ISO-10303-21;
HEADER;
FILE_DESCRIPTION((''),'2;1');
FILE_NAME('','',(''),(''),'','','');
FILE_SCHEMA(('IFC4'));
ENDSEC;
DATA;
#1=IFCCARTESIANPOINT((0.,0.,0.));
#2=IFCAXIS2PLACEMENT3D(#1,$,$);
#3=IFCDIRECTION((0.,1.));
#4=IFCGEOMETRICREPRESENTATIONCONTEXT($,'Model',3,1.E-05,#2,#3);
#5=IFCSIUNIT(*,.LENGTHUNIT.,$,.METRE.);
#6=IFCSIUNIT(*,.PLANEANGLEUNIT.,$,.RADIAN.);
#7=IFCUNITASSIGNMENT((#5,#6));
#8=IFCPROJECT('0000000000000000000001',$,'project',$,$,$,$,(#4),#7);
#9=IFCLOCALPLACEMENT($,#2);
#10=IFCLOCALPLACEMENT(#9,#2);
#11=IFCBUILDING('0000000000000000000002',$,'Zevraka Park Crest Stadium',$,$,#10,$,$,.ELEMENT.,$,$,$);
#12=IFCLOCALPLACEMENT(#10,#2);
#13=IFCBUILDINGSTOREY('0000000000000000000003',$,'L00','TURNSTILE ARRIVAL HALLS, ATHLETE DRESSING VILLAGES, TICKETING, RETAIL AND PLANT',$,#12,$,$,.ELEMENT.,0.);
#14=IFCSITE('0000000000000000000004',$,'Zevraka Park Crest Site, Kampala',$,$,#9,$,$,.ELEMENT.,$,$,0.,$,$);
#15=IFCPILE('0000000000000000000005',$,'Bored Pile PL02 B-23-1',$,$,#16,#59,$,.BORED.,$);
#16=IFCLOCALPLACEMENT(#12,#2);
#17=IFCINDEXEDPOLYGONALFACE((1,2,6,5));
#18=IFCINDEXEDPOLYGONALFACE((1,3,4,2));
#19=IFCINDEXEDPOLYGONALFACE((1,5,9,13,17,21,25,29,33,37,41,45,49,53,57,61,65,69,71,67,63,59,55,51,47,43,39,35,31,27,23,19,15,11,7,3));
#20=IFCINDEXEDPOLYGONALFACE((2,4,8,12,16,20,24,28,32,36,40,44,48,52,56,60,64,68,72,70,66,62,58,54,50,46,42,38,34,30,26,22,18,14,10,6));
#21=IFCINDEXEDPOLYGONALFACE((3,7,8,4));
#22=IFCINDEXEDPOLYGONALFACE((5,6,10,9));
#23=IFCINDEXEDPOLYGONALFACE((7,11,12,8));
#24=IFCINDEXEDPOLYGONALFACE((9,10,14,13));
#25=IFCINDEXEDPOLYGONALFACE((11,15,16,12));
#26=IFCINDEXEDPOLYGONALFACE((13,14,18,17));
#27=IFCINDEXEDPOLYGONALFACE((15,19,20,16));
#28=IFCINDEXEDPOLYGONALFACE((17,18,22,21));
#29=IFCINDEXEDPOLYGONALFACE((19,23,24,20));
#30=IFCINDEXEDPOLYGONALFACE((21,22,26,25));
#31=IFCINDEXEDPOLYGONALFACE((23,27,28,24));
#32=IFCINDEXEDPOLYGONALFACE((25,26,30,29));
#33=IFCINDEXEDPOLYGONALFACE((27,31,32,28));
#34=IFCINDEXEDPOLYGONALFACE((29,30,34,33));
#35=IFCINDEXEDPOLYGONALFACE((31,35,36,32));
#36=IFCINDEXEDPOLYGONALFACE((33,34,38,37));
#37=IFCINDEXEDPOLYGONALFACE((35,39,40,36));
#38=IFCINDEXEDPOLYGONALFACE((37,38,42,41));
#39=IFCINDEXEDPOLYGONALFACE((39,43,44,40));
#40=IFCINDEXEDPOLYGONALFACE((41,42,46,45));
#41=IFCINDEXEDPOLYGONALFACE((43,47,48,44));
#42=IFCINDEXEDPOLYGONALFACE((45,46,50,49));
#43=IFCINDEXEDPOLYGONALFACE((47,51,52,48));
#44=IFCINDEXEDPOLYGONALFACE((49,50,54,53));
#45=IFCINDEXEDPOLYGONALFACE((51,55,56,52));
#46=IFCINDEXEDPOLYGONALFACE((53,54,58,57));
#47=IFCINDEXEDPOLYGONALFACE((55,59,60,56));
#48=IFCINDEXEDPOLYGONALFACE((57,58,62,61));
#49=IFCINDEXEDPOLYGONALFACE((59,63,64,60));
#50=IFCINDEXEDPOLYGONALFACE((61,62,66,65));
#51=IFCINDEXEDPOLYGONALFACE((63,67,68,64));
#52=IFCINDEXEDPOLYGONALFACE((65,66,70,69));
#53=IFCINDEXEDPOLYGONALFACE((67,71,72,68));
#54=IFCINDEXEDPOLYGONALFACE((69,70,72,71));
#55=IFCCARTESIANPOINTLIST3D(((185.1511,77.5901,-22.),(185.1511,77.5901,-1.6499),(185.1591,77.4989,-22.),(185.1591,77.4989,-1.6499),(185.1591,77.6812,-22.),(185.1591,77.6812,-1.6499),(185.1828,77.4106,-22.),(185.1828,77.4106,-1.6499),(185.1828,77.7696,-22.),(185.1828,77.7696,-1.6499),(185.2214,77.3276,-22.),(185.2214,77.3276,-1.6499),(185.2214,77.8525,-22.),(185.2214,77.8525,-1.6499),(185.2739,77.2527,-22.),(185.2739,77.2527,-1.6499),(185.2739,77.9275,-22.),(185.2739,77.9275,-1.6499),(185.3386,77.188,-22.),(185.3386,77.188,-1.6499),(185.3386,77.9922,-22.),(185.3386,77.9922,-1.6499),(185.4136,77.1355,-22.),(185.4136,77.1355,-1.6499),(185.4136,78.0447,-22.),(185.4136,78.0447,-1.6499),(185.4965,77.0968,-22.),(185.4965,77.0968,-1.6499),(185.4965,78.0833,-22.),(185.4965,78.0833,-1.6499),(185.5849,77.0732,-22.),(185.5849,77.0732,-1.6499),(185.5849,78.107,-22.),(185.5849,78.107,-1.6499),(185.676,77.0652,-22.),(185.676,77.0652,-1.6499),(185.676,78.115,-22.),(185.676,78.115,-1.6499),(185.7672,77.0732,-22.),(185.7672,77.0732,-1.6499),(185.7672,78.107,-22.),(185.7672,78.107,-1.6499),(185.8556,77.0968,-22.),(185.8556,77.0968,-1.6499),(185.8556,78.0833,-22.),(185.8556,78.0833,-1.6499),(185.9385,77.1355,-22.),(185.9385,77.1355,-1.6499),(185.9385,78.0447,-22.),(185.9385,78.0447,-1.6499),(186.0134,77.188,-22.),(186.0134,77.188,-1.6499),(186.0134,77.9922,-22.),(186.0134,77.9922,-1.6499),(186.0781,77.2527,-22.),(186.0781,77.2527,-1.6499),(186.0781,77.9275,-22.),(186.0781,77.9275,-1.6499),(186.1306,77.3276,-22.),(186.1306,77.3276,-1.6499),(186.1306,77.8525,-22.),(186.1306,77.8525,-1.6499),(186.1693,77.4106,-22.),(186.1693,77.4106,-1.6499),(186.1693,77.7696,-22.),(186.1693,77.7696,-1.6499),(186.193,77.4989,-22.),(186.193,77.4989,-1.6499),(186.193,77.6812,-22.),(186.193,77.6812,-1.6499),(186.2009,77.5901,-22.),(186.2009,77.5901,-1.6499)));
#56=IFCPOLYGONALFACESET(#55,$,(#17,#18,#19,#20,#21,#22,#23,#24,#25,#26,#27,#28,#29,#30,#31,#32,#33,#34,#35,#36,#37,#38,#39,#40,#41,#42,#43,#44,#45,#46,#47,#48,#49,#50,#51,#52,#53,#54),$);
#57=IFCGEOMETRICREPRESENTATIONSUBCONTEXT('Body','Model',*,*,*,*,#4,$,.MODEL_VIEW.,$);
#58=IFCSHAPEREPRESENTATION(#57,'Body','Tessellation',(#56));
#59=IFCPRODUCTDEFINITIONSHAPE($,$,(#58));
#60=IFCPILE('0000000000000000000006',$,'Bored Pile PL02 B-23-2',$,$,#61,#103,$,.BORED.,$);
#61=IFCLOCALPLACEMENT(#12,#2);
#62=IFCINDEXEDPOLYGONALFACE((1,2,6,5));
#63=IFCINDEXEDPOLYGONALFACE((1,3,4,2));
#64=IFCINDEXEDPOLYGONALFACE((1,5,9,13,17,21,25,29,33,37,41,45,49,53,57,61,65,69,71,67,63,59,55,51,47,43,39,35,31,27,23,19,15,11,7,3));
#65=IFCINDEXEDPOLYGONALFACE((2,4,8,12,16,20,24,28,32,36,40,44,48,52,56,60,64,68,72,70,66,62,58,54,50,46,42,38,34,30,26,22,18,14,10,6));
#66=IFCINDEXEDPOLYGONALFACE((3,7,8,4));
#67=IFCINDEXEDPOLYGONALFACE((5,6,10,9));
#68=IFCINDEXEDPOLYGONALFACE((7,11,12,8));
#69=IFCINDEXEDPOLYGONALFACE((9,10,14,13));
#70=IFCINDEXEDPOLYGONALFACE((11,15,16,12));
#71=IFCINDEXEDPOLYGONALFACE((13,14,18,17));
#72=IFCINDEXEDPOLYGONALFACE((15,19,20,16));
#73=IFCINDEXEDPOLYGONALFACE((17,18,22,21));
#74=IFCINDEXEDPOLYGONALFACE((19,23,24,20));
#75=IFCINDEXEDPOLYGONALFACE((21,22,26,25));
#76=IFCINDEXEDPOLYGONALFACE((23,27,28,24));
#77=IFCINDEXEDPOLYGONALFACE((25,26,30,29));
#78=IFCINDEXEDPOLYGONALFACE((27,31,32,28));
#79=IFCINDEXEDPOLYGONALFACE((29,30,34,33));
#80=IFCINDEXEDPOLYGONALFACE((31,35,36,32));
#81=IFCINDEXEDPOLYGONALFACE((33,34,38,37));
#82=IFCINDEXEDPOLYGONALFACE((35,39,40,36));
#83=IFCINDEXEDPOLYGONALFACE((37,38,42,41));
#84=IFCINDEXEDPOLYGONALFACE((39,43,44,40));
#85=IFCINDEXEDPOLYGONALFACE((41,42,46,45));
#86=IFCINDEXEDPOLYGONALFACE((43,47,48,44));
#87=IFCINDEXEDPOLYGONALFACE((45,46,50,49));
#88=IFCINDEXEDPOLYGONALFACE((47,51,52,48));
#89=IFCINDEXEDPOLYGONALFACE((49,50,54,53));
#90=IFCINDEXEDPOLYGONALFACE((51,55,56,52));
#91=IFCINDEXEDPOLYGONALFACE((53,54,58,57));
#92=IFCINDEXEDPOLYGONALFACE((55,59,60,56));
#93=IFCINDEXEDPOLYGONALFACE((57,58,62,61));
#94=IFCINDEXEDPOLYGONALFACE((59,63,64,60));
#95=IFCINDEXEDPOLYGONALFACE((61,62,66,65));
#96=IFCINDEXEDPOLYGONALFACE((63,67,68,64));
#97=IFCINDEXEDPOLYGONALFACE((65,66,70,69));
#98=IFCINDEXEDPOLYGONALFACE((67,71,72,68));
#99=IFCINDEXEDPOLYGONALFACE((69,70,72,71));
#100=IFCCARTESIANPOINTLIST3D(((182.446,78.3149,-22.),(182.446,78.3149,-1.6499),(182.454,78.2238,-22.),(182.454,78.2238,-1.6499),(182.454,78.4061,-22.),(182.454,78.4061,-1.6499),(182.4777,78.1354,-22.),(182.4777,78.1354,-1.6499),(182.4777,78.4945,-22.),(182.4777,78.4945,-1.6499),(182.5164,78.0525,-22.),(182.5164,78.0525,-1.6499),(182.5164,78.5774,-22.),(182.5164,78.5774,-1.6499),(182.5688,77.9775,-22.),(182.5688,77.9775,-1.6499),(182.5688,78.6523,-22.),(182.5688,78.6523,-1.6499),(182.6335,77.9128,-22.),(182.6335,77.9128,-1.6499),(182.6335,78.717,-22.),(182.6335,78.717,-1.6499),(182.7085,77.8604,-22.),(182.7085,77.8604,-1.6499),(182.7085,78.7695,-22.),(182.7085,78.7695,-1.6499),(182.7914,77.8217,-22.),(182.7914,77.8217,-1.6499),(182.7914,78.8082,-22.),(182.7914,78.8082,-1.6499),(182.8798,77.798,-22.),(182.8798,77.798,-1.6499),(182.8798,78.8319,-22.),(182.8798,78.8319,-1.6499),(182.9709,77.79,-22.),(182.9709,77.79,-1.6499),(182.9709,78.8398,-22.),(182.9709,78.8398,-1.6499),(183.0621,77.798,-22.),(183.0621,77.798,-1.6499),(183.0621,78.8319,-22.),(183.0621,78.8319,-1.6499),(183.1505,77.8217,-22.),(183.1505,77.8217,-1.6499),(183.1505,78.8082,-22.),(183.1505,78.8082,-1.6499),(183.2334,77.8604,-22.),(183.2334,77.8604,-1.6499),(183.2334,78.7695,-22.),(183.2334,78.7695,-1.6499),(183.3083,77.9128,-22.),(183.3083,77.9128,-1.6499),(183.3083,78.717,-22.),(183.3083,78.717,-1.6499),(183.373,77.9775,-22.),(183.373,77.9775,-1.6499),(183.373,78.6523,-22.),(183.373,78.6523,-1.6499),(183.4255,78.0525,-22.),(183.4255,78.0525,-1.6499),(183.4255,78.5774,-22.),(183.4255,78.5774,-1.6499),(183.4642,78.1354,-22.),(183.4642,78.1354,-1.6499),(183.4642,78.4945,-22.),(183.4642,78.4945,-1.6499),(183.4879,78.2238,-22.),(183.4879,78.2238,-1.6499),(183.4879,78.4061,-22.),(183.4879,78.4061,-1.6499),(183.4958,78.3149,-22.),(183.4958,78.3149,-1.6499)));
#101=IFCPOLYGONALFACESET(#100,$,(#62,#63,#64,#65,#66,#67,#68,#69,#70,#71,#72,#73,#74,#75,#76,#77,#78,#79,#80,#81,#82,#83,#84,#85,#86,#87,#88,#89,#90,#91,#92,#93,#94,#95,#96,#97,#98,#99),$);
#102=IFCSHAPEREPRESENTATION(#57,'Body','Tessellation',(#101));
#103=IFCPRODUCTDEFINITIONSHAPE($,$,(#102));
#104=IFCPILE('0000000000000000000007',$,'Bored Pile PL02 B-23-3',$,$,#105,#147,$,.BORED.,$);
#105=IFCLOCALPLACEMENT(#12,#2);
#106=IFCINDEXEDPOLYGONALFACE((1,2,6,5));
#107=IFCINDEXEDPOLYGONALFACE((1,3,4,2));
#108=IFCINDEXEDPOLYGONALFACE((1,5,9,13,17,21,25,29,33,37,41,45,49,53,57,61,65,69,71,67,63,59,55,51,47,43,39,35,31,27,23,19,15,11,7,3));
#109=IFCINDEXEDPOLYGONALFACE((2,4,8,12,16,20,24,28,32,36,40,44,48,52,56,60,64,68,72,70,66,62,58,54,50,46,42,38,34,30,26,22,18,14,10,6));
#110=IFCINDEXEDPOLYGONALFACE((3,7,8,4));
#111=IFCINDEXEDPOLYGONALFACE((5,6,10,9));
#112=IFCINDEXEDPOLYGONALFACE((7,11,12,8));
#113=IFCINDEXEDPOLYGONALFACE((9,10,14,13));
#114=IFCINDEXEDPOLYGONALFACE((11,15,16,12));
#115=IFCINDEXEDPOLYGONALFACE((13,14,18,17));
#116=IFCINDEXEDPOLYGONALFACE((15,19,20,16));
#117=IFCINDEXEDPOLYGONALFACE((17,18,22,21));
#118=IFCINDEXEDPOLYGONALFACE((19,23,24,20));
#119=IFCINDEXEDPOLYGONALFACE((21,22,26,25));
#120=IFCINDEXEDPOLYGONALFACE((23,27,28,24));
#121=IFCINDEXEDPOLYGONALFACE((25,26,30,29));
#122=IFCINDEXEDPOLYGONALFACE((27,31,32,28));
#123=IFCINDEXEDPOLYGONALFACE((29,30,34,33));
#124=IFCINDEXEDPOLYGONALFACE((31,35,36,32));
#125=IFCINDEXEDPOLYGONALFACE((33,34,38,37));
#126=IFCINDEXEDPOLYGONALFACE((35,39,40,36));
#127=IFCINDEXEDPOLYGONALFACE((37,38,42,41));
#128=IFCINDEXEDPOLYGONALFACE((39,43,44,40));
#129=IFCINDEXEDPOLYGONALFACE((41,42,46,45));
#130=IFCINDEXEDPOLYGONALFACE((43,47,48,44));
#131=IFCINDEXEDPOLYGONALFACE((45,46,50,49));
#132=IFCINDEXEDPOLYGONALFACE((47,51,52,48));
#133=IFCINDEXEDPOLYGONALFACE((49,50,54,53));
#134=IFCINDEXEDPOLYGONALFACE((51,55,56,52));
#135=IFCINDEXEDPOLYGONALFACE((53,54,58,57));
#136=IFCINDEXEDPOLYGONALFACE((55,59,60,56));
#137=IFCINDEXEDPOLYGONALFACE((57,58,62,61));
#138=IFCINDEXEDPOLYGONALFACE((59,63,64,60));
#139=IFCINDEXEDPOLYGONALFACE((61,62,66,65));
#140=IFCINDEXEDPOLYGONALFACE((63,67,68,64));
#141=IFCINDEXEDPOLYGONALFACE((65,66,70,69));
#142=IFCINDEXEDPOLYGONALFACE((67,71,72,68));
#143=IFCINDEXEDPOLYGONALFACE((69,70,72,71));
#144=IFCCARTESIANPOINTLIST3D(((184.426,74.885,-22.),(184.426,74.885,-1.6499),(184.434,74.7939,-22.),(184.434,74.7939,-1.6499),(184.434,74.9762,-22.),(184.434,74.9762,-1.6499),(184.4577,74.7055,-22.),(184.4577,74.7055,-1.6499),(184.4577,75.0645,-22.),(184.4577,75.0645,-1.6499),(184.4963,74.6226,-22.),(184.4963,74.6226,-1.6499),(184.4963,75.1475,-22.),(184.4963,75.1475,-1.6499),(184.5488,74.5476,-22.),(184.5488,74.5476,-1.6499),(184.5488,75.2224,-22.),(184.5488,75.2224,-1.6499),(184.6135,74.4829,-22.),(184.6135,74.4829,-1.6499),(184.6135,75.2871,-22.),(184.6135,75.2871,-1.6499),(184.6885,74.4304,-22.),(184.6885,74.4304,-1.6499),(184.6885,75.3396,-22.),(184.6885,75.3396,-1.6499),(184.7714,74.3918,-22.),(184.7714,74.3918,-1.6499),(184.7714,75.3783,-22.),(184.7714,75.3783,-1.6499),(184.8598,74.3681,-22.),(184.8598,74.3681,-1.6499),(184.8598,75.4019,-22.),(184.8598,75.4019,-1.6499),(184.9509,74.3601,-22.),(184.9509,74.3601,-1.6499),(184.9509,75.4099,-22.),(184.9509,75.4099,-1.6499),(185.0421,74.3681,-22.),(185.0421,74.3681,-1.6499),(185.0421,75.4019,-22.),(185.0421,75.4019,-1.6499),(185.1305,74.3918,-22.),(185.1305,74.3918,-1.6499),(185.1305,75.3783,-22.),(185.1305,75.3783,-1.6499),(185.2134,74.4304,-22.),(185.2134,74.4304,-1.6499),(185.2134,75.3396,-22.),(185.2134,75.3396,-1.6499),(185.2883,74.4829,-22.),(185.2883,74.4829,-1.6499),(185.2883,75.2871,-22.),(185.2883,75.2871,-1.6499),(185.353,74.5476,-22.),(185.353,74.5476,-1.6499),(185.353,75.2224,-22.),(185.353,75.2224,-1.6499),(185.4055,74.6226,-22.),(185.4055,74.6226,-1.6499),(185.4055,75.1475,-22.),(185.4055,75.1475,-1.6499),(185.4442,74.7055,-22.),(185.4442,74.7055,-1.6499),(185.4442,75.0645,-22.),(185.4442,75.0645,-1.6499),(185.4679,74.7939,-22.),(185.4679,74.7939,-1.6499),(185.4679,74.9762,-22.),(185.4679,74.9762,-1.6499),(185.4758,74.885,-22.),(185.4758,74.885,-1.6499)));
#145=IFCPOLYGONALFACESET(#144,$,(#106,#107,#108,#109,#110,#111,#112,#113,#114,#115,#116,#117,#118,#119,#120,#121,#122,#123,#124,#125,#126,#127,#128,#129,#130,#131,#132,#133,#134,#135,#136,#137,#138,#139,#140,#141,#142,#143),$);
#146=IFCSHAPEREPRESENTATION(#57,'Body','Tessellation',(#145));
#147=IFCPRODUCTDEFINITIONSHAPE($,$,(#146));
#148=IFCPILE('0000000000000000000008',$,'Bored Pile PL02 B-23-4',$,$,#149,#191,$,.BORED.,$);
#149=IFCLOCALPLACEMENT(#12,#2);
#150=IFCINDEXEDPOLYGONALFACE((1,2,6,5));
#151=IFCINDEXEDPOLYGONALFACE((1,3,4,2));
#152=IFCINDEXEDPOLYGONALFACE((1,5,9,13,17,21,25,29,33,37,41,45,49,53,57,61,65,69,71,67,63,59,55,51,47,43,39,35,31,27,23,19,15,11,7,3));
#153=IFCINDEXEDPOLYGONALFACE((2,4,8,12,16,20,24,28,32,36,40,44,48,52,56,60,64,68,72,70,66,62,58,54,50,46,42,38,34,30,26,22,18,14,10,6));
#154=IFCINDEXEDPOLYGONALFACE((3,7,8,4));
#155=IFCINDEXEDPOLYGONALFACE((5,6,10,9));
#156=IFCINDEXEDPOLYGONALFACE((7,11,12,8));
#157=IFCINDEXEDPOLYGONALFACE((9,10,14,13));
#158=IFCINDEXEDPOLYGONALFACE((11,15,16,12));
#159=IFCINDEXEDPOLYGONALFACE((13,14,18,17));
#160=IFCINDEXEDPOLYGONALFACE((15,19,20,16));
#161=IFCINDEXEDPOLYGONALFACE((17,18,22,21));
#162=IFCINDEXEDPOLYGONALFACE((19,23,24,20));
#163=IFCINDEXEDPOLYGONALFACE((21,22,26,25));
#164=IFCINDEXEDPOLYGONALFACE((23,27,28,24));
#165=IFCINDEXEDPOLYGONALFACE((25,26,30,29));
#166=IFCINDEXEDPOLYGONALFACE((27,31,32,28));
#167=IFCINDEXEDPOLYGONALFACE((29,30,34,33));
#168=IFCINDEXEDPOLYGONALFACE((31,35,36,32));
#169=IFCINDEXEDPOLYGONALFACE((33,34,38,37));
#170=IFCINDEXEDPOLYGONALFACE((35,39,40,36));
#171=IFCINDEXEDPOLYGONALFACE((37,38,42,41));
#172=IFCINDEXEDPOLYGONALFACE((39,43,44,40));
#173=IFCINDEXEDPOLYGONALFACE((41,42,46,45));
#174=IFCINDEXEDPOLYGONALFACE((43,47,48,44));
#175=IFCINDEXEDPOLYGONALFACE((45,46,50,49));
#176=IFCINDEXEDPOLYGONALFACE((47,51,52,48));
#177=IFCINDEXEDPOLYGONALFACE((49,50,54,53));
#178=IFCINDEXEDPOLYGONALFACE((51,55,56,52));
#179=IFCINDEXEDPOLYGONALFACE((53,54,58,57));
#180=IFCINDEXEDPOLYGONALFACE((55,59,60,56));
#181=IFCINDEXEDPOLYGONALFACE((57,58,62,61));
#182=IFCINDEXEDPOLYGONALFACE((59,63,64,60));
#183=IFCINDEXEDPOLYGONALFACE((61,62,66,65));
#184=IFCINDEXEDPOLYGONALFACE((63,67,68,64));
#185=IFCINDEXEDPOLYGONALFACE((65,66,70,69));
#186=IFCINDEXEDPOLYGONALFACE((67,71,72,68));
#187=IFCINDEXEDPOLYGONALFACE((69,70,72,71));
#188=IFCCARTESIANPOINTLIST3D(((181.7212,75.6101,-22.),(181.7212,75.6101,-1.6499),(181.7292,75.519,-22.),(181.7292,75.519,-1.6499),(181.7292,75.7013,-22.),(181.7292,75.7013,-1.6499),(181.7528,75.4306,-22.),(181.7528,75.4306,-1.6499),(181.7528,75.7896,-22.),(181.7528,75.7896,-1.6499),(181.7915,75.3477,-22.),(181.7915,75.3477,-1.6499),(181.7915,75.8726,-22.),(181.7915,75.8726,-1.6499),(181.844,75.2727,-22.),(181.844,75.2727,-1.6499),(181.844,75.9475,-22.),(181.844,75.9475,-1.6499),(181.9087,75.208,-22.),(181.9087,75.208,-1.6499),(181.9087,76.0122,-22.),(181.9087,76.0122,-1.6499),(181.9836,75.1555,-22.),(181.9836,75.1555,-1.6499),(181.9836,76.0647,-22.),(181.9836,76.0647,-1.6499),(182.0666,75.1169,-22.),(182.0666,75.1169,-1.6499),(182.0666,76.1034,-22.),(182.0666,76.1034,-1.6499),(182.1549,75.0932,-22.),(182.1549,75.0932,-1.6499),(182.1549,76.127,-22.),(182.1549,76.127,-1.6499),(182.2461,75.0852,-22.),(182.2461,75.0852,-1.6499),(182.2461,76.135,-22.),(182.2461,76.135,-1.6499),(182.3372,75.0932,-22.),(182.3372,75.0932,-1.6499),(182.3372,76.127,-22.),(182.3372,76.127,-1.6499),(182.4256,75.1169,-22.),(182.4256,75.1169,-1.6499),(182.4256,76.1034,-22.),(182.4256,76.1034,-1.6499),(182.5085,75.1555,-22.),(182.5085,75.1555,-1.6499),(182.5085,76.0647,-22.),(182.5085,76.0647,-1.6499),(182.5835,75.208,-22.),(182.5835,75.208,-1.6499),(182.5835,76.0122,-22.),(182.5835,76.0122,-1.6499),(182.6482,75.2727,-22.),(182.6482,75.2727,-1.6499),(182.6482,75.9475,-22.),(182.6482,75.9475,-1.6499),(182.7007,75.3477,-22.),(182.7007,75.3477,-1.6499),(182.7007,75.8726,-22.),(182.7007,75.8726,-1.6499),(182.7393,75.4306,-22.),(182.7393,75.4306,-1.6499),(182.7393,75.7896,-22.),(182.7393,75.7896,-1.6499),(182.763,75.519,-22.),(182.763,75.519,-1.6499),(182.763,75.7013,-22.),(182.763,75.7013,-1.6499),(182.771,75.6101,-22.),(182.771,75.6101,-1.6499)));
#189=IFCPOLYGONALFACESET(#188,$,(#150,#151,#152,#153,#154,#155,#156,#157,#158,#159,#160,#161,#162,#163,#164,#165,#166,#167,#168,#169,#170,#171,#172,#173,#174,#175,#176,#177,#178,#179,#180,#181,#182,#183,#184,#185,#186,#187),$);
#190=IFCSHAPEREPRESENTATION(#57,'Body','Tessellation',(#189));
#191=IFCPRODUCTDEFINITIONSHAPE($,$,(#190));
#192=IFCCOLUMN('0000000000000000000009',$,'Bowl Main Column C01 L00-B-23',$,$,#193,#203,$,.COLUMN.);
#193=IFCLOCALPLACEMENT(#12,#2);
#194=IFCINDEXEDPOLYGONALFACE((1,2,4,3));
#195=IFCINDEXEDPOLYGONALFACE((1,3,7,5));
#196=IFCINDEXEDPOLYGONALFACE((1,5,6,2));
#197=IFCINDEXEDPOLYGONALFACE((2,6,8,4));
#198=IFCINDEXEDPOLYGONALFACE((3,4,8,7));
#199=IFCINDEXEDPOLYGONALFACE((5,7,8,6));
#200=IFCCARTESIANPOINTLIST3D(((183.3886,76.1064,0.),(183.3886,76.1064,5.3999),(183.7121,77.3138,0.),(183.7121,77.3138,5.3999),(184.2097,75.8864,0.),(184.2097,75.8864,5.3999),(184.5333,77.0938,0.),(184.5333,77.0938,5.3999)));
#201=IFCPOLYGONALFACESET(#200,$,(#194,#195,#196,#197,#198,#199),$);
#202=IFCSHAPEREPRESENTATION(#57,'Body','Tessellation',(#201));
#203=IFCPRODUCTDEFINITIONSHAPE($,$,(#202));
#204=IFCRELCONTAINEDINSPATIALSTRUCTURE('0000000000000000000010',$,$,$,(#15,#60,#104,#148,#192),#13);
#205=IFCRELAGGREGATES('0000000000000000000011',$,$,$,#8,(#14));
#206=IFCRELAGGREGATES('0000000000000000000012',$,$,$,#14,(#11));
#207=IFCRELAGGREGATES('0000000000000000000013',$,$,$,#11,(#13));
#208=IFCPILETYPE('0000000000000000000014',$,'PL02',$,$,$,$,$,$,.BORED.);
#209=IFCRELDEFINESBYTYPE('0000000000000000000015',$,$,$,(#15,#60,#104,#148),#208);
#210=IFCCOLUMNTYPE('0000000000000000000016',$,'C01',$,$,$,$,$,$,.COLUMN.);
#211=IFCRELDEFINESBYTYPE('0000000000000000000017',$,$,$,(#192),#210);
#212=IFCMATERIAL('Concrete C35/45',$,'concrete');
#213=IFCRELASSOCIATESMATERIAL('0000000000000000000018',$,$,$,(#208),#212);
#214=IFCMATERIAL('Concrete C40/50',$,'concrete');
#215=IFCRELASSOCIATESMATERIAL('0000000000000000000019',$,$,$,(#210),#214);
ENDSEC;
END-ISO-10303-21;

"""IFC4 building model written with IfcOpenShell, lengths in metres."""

from ifc_helpers import new_model, si_unit, direction, frame, origin, origin_2d, place, context, subcontext, project, spatial, rectangle, circle, extrude, material, material_profile, profile_set, type_object, element, save


model = new_model("IFC4")

# Units and contexts
model_context = context("Model", 3, precision=1e-05, world=origin(), true_north=direction((0.0, 1.0)))
body_context = subcontext(model_context, "Body", "Model", "MODEL_VIEW")
ifc_project = project(units=[si_unit("LENGTHUNIT", "METRE"), si_unit("PLANEANGLEUNIT", "RADIAN")], contexts=[model_context])

# Site, building, storey
site_placement = place(None, origin())
site = spatial("IfcSite", under=ifc_project, at=site_placement, Name="Zevraka Park Crest Site, Kampala", CompositionType="ELEMENT", RefElevation=0.0)
building_placement = place(site_placement, origin())
building = spatial("IfcBuilding", under=site, at=building_placement, Name="Zevraka Park Crest Stadium", CompositionType="ELEMENT")
storey_placement = place(building_placement, origin())
storey = spatial("IfcBuildingStorey", under=building, at=storey_placement, Name="L00", Description="TURNSTILE ARRIVAL HALLS, ATHLETE DRESSING VILLAGES, TICKETING, RETAIL AND PLANT", CompositionType="ELEMENT", Elevation=0.0)

# Piles
ifc_material_1 = material(Name="Concrete C35/45", Category="concrete")
ifc_material_profile_1 = material_profile(ifc_material_1, circle(Radius=0.5249, at=origin_2d()), Name="PILE D1050")
ifc_profile_set_1 = profile_set([ifc_material_profile_1], Name="Concrete C35/45")
pile_type_1 = type_object("IfcPileType", Name="PL02", PredefinedType="BORED", material=ifc_profile_set_1)
for number, where, z_axis, x_axis, name in (
    (1, (185.676, 77.5901, -1.6499), (0.0, 0.0, -1.0), (1.0, 0.0, 0.0), "Bored Pile PL02 B-23-1"),
    (2, (182.9709, 78.3149, -1.6499), (0.0, 0.0, -1.0), (1.0, 0.0, 0.0), "Bored Pile PL02 B-23-2"),
    (3, (184.9509, 74.885, -1.6499), (0.0, 0.0, -1.0), (1.0, 0.0, 0.0), "Bored Pile PL02 B-23-3"),
    (4, (182.2461, 75.6101, -1.6499), (0.0, 0.0, -1.0), (1.0, 0.0, 0.0), "Bored Pile PL02 B-23-4"),
):
    element("IfcPile", number, at=place(storey_placement, frame(where, z_axis=z_axis, x_axis=x_axis)), inside=storey, type_object=pile_type_1, Name=name, PredefinedType="BORED", context=body_context, shape_type="SweptSolid", body=[
        extrude(circle(Radius=0.5249, at=origin_2d()), origin(), (0.0, 0.0, 1.0), 20.3501),
    ])

# Column
ifc_material_2 = material(Name="Concrete C40/50", Category="concrete")
ifc_material_profile_2 = material_profile(ifc_material_2, rectangle(XDim=0.8501, YDim=1.25, at=origin_2d()), Name="RC 1250x850")
ifc_profile_set_2 = profile_set([ifc_material_profile_2], Name="Concrete C40/50")
column_type_1 = type_object("IfcColumnType", Name="C01", PredefinedType="COLUMN", material=ifc_profile_set_2)
column_1_placement = place(storey_placement, frame((183.9609, 76.6001, 0.0), z_axis=(0.0, 0.0, 1.0), x_axis=(-0.965926, 0.258819, 0.0)))
element("IfcColumn", 5, at=column_1_placement, inside=storey, type_object=column_type_1, Name="Bowl Main Column C01 L00-B-23", PredefinedType="COLUMN", context=body_context, shape_type="SweptSolid", body=[
    extrude(rectangle(XDim=0.8501, YDim=1.25, at=origin_2d()), origin(), (0.0, 0.0, 1.0), 5.3999),
])

save(model, "model.ifc")
